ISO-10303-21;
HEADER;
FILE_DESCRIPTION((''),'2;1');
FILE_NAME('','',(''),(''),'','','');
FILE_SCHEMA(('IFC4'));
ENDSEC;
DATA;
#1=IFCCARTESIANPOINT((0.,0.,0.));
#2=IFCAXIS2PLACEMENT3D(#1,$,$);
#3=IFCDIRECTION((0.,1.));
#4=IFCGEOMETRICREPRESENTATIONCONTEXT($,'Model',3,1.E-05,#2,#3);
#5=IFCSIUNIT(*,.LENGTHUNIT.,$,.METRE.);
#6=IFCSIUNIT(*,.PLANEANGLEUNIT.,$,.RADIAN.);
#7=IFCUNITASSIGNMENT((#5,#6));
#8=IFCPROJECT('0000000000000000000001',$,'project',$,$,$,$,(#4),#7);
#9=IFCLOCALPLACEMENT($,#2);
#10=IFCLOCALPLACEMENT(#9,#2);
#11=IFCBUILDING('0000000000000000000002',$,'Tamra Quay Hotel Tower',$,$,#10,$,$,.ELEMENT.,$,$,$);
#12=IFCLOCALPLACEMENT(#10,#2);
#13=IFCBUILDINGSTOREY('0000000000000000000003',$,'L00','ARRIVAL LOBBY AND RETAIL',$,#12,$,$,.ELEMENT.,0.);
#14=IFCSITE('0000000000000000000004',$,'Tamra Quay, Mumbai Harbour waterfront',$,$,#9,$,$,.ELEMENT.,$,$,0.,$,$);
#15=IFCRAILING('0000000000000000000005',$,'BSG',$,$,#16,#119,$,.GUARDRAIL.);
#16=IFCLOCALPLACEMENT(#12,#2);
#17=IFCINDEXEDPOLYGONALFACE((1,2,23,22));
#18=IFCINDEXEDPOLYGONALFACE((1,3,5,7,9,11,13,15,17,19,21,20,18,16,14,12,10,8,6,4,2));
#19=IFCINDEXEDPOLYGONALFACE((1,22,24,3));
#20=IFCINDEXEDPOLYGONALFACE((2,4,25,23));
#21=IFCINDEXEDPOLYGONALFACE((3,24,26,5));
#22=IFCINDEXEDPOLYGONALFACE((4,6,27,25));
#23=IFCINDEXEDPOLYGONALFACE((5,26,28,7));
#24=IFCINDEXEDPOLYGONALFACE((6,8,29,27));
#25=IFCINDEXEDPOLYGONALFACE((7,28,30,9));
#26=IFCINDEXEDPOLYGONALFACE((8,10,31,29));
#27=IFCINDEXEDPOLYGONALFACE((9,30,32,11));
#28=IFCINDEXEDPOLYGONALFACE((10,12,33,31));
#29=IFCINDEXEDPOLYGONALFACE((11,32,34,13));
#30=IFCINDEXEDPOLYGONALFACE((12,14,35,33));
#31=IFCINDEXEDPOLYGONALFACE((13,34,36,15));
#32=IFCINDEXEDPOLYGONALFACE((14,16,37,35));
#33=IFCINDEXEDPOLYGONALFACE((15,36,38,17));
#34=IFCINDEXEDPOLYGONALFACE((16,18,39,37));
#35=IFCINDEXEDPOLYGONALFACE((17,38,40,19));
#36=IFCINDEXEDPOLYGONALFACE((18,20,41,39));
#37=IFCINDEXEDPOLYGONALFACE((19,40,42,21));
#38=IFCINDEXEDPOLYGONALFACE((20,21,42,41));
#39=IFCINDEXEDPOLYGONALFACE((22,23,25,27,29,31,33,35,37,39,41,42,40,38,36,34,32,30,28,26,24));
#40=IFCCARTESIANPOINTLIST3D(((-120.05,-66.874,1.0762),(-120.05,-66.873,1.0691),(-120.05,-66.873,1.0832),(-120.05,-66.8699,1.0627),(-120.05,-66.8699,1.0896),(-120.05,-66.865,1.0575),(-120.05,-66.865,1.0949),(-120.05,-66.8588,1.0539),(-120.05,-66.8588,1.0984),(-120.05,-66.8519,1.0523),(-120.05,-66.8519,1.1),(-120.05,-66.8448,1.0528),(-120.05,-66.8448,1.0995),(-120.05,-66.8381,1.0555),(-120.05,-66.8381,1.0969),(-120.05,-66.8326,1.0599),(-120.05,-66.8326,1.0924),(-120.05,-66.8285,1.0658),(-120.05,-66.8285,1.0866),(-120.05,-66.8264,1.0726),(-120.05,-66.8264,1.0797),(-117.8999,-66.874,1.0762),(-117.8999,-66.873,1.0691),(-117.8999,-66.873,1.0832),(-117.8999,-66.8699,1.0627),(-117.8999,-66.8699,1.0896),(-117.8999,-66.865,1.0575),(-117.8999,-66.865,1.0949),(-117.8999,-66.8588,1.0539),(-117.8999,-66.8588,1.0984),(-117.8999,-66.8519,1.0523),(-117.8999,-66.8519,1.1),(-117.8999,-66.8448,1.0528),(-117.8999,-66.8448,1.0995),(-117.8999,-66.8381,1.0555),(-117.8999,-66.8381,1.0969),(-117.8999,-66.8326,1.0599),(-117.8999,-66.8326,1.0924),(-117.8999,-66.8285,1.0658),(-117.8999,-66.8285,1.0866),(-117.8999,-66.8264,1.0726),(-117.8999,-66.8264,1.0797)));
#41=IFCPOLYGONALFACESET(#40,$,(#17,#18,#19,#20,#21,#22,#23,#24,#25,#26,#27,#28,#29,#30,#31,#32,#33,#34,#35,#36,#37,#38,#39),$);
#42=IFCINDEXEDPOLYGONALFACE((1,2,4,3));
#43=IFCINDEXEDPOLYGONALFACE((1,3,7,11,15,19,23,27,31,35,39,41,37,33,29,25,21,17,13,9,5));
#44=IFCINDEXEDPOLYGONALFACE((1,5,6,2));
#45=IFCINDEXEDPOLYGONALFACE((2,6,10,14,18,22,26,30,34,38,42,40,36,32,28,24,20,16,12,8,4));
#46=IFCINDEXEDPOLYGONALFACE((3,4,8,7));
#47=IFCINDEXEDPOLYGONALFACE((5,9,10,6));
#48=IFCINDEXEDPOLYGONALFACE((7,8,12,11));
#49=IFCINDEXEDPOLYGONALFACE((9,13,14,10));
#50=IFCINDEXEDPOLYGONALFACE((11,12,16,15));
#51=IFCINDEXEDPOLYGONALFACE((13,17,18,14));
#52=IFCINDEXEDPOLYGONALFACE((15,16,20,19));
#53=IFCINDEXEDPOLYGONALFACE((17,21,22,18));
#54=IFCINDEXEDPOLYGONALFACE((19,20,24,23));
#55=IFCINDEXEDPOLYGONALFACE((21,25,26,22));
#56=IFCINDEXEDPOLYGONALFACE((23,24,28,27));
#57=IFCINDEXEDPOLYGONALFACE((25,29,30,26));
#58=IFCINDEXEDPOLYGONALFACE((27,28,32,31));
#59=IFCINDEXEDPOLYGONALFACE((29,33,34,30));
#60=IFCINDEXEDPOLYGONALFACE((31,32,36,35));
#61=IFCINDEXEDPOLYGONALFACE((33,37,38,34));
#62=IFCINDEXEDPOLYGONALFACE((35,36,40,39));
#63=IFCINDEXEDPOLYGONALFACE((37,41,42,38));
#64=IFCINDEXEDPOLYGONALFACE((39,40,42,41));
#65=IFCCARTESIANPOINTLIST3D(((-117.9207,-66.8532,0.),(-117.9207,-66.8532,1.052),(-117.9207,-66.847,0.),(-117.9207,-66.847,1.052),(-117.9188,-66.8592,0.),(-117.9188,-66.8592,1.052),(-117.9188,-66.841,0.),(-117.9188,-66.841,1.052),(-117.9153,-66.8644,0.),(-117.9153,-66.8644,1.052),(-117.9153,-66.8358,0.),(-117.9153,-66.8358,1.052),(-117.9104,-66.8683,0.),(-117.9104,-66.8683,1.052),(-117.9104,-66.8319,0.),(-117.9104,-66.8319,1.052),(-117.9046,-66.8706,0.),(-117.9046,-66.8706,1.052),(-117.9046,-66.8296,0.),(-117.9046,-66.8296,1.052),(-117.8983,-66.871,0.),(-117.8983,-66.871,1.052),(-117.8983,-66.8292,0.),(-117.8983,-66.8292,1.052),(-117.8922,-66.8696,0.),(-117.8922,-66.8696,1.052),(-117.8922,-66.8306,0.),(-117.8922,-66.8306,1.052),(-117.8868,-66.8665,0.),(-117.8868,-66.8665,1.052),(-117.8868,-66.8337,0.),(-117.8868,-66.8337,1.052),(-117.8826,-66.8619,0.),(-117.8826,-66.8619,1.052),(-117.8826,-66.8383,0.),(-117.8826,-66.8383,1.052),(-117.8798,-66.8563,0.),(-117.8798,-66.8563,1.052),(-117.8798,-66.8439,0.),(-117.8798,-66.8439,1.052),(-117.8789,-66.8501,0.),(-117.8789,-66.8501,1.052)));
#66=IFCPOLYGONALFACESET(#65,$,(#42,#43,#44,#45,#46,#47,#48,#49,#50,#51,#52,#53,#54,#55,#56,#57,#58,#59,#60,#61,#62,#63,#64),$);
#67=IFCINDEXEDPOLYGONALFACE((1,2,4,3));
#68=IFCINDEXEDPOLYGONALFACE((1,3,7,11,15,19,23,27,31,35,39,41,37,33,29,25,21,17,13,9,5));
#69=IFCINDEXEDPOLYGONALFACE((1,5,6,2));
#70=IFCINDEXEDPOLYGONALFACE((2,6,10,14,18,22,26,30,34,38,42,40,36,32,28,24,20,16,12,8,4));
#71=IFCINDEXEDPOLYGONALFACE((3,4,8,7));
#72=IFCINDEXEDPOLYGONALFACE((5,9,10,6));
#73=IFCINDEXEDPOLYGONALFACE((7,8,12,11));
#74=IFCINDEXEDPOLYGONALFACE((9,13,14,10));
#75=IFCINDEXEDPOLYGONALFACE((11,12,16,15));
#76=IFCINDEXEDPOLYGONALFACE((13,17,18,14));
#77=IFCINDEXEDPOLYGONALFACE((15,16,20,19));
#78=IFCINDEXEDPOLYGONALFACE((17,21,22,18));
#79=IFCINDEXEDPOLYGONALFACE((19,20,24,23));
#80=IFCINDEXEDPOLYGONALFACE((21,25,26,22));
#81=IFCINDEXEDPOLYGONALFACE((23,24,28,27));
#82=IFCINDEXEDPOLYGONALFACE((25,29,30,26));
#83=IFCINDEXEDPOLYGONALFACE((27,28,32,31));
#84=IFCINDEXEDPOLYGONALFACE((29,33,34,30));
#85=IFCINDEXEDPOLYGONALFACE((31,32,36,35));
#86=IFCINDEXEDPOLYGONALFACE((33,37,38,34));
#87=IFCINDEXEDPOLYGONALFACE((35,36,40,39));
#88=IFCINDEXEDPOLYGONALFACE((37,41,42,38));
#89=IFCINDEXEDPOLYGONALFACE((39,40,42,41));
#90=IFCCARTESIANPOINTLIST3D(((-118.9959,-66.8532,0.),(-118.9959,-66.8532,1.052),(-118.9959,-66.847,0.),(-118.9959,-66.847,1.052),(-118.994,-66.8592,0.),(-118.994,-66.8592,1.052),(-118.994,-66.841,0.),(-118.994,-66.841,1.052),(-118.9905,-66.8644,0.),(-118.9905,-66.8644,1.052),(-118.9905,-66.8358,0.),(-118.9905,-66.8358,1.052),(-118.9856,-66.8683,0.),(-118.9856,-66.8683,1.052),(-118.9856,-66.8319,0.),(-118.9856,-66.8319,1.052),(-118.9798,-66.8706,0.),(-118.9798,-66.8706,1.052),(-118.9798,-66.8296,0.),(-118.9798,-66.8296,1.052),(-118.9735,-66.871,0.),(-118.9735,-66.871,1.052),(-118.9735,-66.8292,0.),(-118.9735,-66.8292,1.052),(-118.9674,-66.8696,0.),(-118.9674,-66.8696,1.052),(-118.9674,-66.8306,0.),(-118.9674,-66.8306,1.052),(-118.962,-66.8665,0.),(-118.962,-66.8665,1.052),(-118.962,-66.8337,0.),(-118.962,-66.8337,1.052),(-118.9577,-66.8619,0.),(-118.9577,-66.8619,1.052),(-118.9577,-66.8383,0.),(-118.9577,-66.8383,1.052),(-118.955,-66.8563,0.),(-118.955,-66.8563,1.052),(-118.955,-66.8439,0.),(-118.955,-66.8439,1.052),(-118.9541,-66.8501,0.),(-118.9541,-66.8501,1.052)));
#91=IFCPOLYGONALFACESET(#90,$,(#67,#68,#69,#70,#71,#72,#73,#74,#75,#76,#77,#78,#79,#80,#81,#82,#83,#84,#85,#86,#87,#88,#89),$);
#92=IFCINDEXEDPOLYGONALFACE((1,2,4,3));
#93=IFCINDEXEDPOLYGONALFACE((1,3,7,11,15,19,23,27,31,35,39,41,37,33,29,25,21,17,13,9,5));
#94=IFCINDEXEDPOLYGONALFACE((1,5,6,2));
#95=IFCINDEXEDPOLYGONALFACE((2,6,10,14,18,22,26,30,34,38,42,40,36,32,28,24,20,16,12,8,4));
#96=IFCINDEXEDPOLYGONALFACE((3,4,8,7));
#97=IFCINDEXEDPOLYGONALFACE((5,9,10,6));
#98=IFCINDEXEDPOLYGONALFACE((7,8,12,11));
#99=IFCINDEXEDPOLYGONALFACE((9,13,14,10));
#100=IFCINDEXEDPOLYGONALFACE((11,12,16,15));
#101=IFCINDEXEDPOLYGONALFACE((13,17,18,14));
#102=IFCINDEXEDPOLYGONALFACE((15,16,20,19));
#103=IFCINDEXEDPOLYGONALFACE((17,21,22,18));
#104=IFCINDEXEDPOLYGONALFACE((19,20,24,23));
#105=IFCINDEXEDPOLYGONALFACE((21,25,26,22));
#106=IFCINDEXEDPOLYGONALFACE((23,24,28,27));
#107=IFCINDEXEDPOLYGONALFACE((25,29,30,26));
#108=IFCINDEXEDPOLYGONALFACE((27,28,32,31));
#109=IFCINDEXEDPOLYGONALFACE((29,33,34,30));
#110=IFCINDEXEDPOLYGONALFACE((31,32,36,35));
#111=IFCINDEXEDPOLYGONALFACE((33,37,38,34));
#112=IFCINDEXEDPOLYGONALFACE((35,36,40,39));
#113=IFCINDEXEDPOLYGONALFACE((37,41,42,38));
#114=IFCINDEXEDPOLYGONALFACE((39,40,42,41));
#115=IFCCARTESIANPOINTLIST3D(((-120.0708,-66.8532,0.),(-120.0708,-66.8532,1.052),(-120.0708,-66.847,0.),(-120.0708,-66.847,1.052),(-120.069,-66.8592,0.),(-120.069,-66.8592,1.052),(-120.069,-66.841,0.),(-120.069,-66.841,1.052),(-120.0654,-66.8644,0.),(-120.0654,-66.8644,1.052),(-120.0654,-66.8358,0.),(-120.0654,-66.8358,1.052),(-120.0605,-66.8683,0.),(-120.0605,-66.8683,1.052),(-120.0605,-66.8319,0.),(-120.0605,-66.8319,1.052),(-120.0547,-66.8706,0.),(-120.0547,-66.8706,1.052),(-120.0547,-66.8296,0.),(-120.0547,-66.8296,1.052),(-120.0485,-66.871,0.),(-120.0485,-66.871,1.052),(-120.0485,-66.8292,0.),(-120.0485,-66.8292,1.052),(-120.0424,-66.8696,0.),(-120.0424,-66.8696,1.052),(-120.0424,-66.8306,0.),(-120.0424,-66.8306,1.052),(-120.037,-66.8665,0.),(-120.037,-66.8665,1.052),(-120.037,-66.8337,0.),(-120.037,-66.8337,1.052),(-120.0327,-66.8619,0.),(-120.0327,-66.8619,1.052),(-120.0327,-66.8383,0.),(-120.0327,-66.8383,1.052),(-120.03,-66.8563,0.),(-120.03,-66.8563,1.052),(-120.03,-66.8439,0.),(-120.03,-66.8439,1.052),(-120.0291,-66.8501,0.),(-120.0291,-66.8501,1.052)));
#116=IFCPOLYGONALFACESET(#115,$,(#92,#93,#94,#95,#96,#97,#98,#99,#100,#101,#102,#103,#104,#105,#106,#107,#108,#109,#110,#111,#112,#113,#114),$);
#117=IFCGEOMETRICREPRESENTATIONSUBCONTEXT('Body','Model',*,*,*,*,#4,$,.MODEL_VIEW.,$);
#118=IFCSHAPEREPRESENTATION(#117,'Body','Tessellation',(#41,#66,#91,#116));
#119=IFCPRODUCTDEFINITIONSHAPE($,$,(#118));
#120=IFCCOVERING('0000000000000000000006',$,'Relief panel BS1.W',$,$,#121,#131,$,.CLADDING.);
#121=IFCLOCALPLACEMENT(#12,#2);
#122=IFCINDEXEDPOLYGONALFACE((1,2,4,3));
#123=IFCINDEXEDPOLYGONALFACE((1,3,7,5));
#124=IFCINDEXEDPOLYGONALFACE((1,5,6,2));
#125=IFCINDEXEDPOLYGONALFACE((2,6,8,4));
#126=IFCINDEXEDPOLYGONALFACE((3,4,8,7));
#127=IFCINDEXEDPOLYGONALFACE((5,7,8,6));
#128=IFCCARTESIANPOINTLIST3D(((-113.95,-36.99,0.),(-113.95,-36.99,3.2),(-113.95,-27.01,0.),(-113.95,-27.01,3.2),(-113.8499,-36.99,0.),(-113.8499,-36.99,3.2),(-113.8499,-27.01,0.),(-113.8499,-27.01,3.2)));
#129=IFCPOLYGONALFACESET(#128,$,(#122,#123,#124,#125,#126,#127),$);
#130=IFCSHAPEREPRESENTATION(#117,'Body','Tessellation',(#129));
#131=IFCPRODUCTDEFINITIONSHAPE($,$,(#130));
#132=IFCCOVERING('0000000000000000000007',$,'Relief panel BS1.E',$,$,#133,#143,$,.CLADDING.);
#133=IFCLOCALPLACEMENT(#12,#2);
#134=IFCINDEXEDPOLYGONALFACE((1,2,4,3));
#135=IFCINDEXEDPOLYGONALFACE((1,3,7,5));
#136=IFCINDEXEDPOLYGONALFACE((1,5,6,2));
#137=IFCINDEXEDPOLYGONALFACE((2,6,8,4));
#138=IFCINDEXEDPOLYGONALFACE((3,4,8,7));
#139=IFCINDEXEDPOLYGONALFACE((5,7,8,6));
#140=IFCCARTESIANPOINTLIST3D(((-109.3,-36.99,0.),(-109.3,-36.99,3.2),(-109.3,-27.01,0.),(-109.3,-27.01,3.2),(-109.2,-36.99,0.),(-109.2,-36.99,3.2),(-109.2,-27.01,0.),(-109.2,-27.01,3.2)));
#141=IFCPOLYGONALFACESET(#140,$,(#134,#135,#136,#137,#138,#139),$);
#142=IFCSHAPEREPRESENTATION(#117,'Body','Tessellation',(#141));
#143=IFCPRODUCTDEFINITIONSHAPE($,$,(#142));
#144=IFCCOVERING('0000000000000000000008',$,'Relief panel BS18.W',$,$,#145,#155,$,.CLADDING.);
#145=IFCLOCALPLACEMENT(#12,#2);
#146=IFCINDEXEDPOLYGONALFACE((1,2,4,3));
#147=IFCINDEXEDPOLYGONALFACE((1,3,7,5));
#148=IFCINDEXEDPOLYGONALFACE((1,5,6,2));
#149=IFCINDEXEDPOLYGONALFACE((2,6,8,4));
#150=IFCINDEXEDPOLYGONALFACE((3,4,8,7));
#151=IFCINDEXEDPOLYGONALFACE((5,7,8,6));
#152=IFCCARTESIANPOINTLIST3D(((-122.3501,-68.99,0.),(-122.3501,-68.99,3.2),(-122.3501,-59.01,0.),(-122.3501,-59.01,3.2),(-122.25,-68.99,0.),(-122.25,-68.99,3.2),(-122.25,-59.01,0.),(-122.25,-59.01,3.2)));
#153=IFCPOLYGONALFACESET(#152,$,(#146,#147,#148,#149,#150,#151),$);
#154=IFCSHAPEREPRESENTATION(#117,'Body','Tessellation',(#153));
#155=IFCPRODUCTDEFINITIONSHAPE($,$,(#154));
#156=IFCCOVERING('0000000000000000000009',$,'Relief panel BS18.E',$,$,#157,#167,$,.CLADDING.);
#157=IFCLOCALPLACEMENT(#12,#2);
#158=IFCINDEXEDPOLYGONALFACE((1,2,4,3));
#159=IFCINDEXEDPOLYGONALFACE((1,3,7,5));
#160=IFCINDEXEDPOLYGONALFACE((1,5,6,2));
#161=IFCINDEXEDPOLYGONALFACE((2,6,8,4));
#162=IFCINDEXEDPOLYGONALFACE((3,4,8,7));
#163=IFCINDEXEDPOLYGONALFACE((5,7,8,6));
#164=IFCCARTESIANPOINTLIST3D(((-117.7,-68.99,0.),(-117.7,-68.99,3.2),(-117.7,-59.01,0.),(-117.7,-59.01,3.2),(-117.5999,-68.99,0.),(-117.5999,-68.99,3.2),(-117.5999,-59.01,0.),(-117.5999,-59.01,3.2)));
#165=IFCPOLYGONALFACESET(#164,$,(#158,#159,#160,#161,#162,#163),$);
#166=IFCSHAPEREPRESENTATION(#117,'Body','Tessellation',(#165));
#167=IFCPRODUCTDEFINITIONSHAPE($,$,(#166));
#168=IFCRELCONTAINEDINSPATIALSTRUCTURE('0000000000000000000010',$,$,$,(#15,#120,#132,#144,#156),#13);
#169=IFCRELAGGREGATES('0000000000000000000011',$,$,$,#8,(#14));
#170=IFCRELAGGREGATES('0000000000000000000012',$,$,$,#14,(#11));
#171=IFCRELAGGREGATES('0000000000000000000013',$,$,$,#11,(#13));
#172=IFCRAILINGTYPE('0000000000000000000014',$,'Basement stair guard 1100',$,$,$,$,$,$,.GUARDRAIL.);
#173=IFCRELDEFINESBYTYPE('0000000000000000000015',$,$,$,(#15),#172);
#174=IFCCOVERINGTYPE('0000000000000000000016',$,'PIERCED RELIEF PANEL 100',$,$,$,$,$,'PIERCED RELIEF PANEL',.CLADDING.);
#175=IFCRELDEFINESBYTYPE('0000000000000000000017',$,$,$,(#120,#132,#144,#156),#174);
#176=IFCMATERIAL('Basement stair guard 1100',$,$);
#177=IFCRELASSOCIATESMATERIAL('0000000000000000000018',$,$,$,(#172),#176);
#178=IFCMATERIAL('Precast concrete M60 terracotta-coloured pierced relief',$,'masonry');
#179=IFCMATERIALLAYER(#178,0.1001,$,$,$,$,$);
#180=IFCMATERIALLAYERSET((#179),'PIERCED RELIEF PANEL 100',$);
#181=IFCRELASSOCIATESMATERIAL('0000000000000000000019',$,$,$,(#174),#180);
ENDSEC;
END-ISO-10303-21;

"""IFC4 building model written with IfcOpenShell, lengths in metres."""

from ifc_helpers import new_model, si_unit, direction, frame, origin, origin_2d, place, context, subcontext, project, spatial, rectangle, circle, extrude, material, layer, layer_set, type_object, element, save


model = new_model("IFC4")

# Units and contexts
model_context = context("Model", 3, precision=1e-05, world=origin(), true_north=direction((0.0, 1.0)))
body_context = subcontext(model_context, "Body", "Model", "MODEL_VIEW")
ifc_project = project(units=[si_unit("LENGTHUNIT", "METRE"), si_unit("PLANEANGLEUNIT", "RADIAN")], contexts=[model_context])

# Site, building, storey
site_placement = place(None, origin())
site = spatial("IfcSite", under=ifc_project, at=site_placement, Name="Tamra Quay, Mumbai Harbour waterfront", CompositionType="ELEMENT", RefElevation=0.0)
building_placement = place(site_placement, origin())
building = spatial("IfcBuilding", under=site, at=building_placement, Name="Tamra Quay Hotel Tower", CompositionType="ELEMENT")
storey_placement = place(building_placement, origin())
storey = spatial("IfcBuildingStorey", under=building, at=storey_placement, Name="L00", Description="ARRIVAL LOBBY AND RETAIL", CompositionType="ELEMENT", Elevation=0.0)

# Railing
ifc_material_1 = material(Name="Basement stair guard 1100")
railing_type = type_object("IfcRailingType", Name="Basement stair guard 1100", PredefinedType="GUARDRAIL", material=ifc_material_1)
railing_1_placement = place(storey_placement, frame((-117.8999, -66.8501, 0.0)))
element("IfcRailing", 1, at=railing_1_placement, inside=storey, type_object=railing_type, Name="BSG", PredefinedType="GUARDRAIL", context=body_context, shape_type="SweptSolid", body=[
    extrude(circle(Radius=0.0239, at=origin_2d()), frame((0.0, 0.0, 1.0762), z_axis=(-1.0, 0.0, 0.0), x_axis=(0.0, -1.0, 0.0)), (0.0, 0.0, 1.0), 2.1501),
    extrude(circle(Radius=0.021, at=origin_2d()), origin(), (0.0, 0.0, 1.0), 1.052),
    extrude(circle(Radius=0.021, at=origin_2d()), frame((-1.0752, 0.0, 0.0)), (0.0, 0.0, 1.0), 1.052),
    extrude(circle(Radius=0.021, at=origin_2d()), frame((-2.1501, 0.0, 0.0)), (0.0, 0.0, 1.0), 1.052),
])

# Coverings
ifc_material_2 = material(Name="Precast concrete M60 terracotta-coloured pierced relief", Category="masonry")
ifc_layer_1 = layer(ifc_material_2, 0.1001)
ifc_layer_set_1 = layer_set([ifc_layer_1], Name="PIERCED RELIEF PANEL 100")
covering_type = type_object("IfcCoveringType", Name="PIERCED RELIEF PANEL 100", ElementType="PIERCED RELIEF PANEL", PredefinedType="CLADDING", material=ifc_layer_set_1)
for number, where, z_axis, x_axis, name in (
    (2, (-113.8999, -32.0, 0.0), (0.0, 0.0, 1.0), (0.0, -1.0, 0.0), "Relief panel BS1.W"),
    (3, (-109.25, -32.0, 0.0), (0.0, 0.0, 1.0), (0.0, 1.0, 0.0), "Relief panel BS1.E"),
    (4, (-122.3, -64.0, 0.0), (0.0, 0.0, 1.0), (0.0, -1.0, 0.0), "Relief panel BS18.W"),
    (5, (-117.6499, -64.0, 0.0), (0.0, 0.0, 1.0), (0.0, 1.0, 0.0), "Relief panel BS18.E"),
):
    element("IfcCovering", number, at=place(storey_placement, frame(where, z_axis=z_axis, x_axis=x_axis)), inside=storey, type_object=covering_type, Name=name, PredefinedType="CLADDING", context=body_context, shape_type="SweptSolid", body=[
        extrude(rectangle(XDim=9.98, YDim=0.1001, at=origin_2d()), origin(), (0.0, 0.0, 1.0), 3.2),
    ])

save(model, "model.ifc")
